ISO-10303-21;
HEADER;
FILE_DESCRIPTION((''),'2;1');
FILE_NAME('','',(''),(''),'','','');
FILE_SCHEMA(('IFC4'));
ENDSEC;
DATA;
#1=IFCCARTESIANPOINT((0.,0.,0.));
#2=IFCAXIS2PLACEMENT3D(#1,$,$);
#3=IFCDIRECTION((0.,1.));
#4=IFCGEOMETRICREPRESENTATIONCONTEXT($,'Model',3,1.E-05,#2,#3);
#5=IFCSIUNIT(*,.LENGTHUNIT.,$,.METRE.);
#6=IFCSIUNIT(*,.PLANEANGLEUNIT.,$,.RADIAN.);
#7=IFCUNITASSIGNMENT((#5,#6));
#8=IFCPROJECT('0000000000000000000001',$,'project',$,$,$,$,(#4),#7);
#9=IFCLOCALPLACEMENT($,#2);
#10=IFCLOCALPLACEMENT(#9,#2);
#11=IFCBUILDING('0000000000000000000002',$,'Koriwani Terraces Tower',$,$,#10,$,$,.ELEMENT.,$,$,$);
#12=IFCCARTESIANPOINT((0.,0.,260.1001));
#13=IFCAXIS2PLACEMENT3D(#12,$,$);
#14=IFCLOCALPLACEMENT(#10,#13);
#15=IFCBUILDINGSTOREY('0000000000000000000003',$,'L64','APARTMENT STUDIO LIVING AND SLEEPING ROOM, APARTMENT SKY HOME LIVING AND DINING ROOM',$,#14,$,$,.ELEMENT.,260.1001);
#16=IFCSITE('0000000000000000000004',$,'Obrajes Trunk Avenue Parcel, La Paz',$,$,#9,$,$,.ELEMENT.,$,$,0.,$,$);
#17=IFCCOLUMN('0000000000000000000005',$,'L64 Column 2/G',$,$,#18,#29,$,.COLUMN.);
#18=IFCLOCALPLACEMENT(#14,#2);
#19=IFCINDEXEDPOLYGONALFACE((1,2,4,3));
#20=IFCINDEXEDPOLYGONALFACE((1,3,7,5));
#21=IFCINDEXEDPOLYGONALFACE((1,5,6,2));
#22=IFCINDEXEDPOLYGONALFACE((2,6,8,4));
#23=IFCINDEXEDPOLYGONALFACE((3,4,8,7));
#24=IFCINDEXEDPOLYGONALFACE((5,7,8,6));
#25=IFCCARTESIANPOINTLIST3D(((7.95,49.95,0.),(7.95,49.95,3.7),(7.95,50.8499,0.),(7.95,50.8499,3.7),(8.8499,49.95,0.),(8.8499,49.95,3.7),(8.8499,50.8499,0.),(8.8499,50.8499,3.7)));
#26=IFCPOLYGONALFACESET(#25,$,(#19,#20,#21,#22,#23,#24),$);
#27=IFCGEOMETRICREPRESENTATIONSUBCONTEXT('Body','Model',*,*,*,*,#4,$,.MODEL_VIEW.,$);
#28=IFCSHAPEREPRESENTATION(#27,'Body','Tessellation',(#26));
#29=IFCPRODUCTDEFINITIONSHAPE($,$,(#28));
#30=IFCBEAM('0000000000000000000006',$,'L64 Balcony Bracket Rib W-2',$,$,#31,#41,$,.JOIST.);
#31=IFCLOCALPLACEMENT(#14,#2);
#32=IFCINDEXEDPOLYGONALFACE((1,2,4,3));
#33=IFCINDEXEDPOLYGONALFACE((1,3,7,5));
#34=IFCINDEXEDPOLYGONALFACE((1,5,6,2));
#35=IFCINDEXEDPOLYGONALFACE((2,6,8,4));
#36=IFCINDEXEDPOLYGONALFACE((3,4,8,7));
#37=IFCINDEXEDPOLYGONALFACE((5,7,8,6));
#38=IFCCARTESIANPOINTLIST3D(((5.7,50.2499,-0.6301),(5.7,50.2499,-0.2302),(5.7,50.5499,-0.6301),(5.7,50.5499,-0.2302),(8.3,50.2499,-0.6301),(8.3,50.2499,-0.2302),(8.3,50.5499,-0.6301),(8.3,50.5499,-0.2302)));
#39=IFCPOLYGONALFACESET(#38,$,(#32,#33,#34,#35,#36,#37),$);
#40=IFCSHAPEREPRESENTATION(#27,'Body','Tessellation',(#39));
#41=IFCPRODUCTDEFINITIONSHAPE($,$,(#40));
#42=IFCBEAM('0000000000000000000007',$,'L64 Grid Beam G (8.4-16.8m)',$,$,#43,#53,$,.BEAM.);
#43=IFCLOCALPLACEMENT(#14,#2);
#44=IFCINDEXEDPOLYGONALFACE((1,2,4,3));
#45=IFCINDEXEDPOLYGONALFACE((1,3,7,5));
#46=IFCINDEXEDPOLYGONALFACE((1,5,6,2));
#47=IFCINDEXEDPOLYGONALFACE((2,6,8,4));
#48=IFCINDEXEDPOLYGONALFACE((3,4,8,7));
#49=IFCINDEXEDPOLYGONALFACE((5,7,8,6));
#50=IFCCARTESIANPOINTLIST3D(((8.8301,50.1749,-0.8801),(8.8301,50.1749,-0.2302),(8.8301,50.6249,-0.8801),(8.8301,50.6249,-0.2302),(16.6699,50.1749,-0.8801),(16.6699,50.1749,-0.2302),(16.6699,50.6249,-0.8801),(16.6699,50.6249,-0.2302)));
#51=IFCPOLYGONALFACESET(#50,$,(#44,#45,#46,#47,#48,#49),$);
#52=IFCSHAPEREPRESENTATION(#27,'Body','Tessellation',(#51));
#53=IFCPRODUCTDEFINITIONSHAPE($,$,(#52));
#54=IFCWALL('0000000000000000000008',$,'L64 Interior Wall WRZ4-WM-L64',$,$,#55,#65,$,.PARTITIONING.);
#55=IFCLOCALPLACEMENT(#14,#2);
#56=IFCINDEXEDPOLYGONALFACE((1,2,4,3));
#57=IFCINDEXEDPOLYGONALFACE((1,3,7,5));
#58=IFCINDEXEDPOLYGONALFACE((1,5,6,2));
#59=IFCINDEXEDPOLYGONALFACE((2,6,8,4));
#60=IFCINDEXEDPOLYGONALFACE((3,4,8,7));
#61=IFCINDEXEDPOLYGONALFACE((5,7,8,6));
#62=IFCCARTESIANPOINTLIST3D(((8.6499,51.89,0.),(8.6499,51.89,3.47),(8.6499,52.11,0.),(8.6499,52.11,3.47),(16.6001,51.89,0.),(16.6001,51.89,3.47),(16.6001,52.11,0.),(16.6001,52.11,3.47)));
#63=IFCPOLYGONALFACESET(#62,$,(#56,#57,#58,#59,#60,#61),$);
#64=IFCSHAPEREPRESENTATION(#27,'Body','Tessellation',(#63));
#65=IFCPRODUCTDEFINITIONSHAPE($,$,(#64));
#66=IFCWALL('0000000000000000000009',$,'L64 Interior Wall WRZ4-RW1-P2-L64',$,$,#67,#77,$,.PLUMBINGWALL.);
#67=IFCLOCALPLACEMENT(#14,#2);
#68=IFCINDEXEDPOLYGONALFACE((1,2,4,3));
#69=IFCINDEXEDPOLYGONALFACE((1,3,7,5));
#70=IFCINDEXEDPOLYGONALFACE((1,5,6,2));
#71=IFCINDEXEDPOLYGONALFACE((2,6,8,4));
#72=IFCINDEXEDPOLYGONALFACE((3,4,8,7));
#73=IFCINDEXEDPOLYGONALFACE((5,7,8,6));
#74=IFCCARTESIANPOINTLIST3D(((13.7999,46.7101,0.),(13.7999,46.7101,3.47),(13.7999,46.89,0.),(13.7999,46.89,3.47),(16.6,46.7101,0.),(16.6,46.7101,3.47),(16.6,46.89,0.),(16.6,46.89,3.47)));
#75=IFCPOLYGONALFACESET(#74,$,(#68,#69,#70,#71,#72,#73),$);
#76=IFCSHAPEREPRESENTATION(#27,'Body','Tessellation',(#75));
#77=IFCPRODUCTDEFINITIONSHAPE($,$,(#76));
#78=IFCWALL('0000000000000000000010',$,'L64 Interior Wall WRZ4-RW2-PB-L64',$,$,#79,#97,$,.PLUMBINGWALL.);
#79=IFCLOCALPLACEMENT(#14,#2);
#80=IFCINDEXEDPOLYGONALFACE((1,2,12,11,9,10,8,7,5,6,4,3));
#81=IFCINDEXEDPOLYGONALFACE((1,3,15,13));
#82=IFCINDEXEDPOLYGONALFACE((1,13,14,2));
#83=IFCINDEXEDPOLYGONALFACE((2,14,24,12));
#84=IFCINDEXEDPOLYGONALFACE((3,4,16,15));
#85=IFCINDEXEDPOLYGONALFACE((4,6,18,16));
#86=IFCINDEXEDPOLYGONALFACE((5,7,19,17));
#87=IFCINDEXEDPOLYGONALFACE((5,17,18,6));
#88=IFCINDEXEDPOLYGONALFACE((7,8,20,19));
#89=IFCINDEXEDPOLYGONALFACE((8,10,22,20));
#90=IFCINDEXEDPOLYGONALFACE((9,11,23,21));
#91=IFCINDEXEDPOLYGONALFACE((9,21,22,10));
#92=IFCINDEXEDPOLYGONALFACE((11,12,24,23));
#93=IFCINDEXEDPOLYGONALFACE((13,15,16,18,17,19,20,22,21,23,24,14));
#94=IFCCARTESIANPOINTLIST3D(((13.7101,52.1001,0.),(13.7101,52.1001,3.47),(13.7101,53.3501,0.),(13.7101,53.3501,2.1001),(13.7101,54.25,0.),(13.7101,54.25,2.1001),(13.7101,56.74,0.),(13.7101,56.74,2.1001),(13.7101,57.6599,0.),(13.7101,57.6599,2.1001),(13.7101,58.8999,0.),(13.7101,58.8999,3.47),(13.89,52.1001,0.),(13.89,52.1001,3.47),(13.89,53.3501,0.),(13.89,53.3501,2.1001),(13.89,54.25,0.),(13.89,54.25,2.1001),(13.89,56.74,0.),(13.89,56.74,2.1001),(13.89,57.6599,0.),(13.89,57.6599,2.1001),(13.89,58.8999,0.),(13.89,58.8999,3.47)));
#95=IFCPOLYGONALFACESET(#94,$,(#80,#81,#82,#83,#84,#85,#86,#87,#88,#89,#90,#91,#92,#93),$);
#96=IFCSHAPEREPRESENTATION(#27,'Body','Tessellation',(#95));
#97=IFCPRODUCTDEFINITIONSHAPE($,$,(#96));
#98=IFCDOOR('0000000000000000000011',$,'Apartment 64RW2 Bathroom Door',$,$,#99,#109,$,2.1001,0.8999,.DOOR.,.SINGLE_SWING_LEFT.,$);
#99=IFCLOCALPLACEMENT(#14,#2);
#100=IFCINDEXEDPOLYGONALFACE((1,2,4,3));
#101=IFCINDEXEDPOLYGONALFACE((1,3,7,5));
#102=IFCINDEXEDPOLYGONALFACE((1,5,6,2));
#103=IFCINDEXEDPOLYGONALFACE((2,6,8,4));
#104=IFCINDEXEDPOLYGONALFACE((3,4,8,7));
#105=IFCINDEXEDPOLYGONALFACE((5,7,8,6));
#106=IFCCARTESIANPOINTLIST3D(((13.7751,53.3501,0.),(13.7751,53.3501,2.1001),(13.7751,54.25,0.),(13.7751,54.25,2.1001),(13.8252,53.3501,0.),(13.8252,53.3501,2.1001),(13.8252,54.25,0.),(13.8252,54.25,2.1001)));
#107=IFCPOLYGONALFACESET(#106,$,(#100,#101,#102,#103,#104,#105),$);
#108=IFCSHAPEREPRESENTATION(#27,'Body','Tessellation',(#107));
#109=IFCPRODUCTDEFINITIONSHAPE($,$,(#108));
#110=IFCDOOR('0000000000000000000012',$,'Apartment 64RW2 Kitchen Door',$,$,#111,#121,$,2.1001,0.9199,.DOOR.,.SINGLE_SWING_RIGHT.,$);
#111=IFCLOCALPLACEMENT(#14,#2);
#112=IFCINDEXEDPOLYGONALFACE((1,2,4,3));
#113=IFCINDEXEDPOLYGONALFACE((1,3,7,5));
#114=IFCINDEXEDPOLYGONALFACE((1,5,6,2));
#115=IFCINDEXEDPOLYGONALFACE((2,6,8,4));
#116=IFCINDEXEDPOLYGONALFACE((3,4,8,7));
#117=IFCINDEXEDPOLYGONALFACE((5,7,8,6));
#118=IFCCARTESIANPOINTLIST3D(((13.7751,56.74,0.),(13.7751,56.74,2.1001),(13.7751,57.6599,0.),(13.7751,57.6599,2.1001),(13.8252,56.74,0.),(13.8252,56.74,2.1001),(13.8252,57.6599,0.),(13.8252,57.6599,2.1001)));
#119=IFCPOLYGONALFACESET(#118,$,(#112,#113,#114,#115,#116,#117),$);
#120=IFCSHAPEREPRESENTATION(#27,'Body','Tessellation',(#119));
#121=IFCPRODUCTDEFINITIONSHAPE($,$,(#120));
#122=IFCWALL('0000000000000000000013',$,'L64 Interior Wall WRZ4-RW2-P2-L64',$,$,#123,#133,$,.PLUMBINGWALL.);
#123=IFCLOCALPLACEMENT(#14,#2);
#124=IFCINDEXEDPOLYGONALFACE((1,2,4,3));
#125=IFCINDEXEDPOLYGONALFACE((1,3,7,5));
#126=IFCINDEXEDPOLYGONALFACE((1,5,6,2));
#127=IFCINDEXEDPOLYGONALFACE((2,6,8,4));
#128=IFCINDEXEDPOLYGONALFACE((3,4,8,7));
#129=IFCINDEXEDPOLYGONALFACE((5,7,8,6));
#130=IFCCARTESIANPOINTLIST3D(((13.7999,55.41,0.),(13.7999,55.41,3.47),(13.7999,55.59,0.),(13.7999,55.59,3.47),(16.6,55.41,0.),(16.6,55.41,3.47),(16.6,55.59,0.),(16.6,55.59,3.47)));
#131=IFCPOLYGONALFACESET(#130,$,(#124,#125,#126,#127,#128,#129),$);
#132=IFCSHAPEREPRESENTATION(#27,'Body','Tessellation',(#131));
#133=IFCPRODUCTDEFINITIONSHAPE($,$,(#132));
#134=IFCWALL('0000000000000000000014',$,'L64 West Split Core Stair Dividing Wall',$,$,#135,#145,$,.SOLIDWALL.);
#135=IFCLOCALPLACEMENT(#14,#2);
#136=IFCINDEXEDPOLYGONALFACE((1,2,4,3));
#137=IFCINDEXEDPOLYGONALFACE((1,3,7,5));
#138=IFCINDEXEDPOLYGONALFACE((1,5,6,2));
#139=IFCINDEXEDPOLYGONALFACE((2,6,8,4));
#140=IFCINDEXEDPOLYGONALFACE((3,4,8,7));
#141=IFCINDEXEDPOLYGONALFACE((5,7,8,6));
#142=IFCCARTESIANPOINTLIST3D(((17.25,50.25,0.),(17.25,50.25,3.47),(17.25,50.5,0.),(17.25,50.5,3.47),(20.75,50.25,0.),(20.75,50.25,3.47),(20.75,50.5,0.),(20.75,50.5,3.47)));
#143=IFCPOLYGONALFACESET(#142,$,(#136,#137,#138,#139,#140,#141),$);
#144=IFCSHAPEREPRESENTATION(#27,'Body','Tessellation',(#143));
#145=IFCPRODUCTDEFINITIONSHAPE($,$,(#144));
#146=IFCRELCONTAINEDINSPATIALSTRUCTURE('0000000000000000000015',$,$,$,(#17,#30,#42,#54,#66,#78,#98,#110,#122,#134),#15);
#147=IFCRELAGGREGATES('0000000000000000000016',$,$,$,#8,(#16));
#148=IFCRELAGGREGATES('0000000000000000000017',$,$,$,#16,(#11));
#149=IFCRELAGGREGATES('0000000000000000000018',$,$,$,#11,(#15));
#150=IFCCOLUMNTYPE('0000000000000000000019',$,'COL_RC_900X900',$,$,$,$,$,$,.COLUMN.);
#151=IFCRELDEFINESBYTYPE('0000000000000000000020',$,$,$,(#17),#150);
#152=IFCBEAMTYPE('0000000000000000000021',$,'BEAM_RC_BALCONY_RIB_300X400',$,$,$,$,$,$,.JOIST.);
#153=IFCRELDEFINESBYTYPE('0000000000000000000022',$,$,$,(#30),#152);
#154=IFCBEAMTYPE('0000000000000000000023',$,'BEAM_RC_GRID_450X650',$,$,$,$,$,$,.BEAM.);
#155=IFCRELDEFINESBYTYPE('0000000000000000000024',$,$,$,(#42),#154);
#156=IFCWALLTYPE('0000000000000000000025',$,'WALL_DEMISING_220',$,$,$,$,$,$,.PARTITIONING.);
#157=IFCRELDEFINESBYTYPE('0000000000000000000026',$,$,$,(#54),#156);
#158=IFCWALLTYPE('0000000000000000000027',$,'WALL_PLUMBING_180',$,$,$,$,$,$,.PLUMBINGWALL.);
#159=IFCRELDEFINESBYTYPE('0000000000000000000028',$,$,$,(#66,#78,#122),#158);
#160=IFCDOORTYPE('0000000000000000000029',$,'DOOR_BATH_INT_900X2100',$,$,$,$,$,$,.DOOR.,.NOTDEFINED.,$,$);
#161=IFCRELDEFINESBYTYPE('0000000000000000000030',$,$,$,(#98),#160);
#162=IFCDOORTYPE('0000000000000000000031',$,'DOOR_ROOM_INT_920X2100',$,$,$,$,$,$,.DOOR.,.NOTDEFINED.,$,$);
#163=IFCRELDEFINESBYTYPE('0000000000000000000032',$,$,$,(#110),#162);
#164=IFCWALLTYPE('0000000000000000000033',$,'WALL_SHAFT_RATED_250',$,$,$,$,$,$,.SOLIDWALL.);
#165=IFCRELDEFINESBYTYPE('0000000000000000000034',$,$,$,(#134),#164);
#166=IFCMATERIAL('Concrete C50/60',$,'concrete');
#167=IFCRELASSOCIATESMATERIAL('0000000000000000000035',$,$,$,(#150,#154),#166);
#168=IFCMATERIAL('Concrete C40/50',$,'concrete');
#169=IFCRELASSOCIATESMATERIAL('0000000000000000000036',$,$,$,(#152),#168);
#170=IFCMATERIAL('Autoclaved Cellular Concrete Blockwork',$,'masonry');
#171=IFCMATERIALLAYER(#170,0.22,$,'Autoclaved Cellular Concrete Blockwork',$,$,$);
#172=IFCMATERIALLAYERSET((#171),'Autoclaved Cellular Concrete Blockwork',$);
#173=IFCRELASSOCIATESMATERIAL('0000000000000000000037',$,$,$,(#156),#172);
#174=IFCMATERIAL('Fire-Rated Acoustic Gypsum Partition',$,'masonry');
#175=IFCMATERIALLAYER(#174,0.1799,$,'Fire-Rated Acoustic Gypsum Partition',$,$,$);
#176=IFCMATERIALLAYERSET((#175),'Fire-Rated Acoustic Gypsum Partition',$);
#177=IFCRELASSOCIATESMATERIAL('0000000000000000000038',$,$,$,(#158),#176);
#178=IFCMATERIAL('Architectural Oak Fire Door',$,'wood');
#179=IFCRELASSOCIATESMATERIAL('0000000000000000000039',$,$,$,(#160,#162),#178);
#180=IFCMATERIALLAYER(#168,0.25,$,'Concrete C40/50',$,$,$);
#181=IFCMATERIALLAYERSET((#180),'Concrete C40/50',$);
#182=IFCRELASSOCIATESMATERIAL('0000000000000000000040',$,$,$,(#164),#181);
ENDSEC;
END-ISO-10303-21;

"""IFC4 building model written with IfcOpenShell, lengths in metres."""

from ifc_helpers import new_model, si_unit, direction, frame, frame_2d, origin, origin_2d, place, context, subcontext, project, spatial, rectangle, extrude, material, layer, layer_set, material_profile, profile_set, type_object, element, fill, save


model = new_model("IFC4")

# Units and contexts
model_context = context("Model", 3, precision=1e-05, world=origin(), true_north=direction((0.0, 1.0)))
body_context = subcontext(model_context, "Body", "Model", "MODEL_VIEW")
ifc_project = project(units=[si_unit("LENGTHUNIT", "METRE"), si_unit("PLANEANGLEUNIT", "RADIAN")], contexts=[model_context])

# Site, building, storey
site_placement = place(None, origin())
site = spatial("IfcSite", under=ifc_project, at=site_placement, Name="Obrajes Trunk Avenue Parcel, La Paz", CompositionType="ELEMENT", RefElevation=0.0)
building_placement = place(site_placement, origin())
building = spatial("IfcBuilding", under=site, at=building_placement, Name="Koriwani Terraces Tower", CompositionType="ELEMENT")
storey_placement = place(building_placement, frame((0.0, 0.0, 260.1001)))
storey = spatial("IfcBuildingStorey", under=building, at=storey_placement, Name="L64", Description="APARTMENT STUDIO LIVING AND SLEEPING ROOM, APARTMENT SKY HOME LIVING AND DINING ROOM", CompositionType="ELEMENT", Elevation=260.1001)

# Column
ifc_material_1 = material(Name="Concrete C50/60", Category="concrete")
ifc_material_profile_1 = material_profile(ifc_material_1, rectangle(XDim=0.8999, YDim=0.8999, at=origin_2d()), Name="Concrete C50/60", Category="LoadBearing")
ifc_profile_set_1 = profile_set([ifc_material_profile_1], Name="Concrete C50/60")
column_type = type_object("IfcColumnType", Name="COL_RC_900X900", PredefinedType="COLUMN", material=ifc_profile_set_1)
column_placement = place(storey_placement, frame((8.3999, 50.3999, 0.0), z_axis=(0.0, 0.0, 1.0), x_axis=(1.0, 0.0, 0.0)))
element("IfcColumn", 1, at=column_placement, inside=storey, type_object=column_type, Name="L64 Column 2/G", PredefinedType="COLUMN", context=body_context, shape_type="SweptSolid", body=[
    extrude(rectangle(XDim=0.8999, YDim=0.8999, at=origin_2d()), origin(), (0.0, 0.0, 1.0), 3.7),
])

# Beams
ifc_material_2 = material(Name="Concrete C40/50", Category="concrete")
ifc_material_profile_2 = material_profile(ifc_material_2, rectangle(XDim=0.3, YDim=0.3999, at=origin_2d()), Name="Concrete C40/50", Category="LoadBearing")
ifc_profile_set_2 = profile_set([ifc_material_profile_2], Name="Concrete C40/50")
beam_type_1 = type_object("IfcBeamType", Name="BEAM_RC_BALCONY_RIB_300X400", PredefinedType="JOIST", material=ifc_profile_set_2)
beam_1_placement = place(storey_placement, frame((5.7, 50.3999, -0.4302), z_axis=(1.0, 0.0, 0.0), x_axis=(0.0, 1.0, 0.0)))
element("IfcBeam", 2, at=beam_1_placement, inside=storey, type_object=beam_type_1, Name="L64 Balcony Bracket Rib W-2", PredefinedType="JOIST", context=body_context, shape_type="SweptSolid", body=[
    extrude(rectangle(XDim=0.3, YDim=0.3999, at=origin_2d()), origin(), (0.0, 0.0, 1.0), 2.6001),
])
ifc_material_profile_3 = material_profile(ifc_material_1, rectangle(XDim=0.45, YDim=0.6499, at=origin_2d()), Name="Concrete C50/60", Category="LoadBearing")
ifc_profile_set_3 = profile_set([ifc_material_profile_3], Name="Concrete C50/60")
beam_type_2 = type_object("IfcBeamType", Name="BEAM_RC_GRID_450X650", PredefinedType="BEAM", material=ifc_profile_set_3)
beam_2_placement = place(storey_placement, frame((8.8301, 50.3999, -0.5552), z_axis=(1.0, 0.0, 0.0), x_axis=(0.0, 1.0, 0.0)))
element("IfcBeam", 3, at=beam_2_placement, inside=storey, type_object=beam_type_2, Name="L64 Grid Beam G (8.4-16.8m)", PredefinedType="BEAM", context=body_context, shape_type="SweptSolid", body=[
    extrude(rectangle(XDim=0.45, YDim=0.6499, at=origin_2d()), origin(), (0.0, 0.0, 1.0), 7.8398),
])

# Walls
ifc_material_3 = material(Name="Autoclaved Cellular Concrete Blockwork", Category="masonry")
ifc_layer_1 = layer(ifc_material_3, 0.22, Name="Autoclaved Cellular Concrete Blockwork")
ifc_layer_set_1 = layer_set([ifc_layer_1], Name="Autoclaved Cellular Concrete Blockwork")
wall_type_1 = type_object("IfcWallType", Name="WALL_DEMISING_220", PredefinedType="PARTITIONING", material=ifc_layer_set_1)
wall_1_placement = place(storey_placement, frame((8.6499, 52.0, 0.0), z_axis=(0.0, 0.0, 1.0), x_axis=(1.0, 0.0, 0.0)))
element("IfcWall", 4, at=wall_1_placement, inside=storey, type_object=wall_type_1, Name="L64 Interior Wall WRZ4-WM-L64", PredefinedType="PARTITIONING", context=body_context, shape_type="SweptSolid", body=[
    extrude(rectangle(XDim=7.9502, YDim=0.22, at=frame_2d((3.9751, 0.0))), origin(), (0.0, 0.0, 1.0), 3.47),
])
ifc_material_4 = material(Name="Fire-Rated Acoustic Gypsum Partition", Category="masonry")
ifc_layer_2 = layer(ifc_material_4, 0.1799, Name="Fire-Rated Acoustic Gypsum Partition")
ifc_layer_set_2 = layer_set([ifc_layer_2], Name="Fire-Rated Acoustic Gypsum Partition")
wall_type_2 = type_object("IfcWallType", Name="WALL_PLUMBING_180", PredefinedType="PLUMBINGWALL", material=ifc_layer_set_2)
wall_2_placement = place(storey_placement, frame((13.8, 46.8, 0.0), z_axis=(0.0, 0.0, 1.0), x_axis=(1.0, 0.0, 0.0)))
element("IfcWall", 5, at=wall_2_placement, inside=storey, type_object=wall_type_2, Name="L64 Interior Wall WRZ4-RW1-P2-L64", PredefinedType="PLUMBINGWALL", context=body_context, shape_type="SweptSolid", body=[
    extrude(rectangle(XDim=2.8, YDim=0.1799, at=frame_2d((1.3999, 0.0))), origin(), (0.0, 0.0, 1.0), 3.47),
])

# Wall, openings, doors
wall_3_placement = place(storey_placement, frame((13.8, 52.1001, 0.0), z_axis=(0.0, 0.0, 1.0), x_axis=(0.0, 1.0, 0.0)))
wall_3 = element("IfcWall", 6, at=wall_3_placement, inside=storey, type_object=wall_type_2, Name="L64 Interior Wall WRZ4-RW2-PB-L64", PredefinedType="PLUMBINGWALL", context=body_context, shape_type="SweptSolid", body=[
    extrude(rectangle(XDim=6.7998, YDim=0.1799, at=frame_2d((3.3999, 0.0))), origin(), (0.0, 0.0, 1.0), 3.47),
])
opening_1_placement = place(wall_3_placement, frame((1.25, 0.0, 0.0)))
opening_1 = element("IfcOpeningElement", 7, at=opening_1_placement, cuts=wall_3, PredefinedType="OPENING", context=body_context, shape_type="SweptSolid", body=[
    extrude(rectangle(XDim=0.8999, YDim=2.1001, at=frame_2d((0.45, 1.05))), frame((0.0, 0.1001, 0.0), z_axis=(0.0, -1.0, 0.0), x_axis=(1.0, 0.0, 0.0)), (0.0, 0.0, 1.0), 0.2),
])
opening_2_placement = place(wall_3_placement, frame((4.6399, 0.0, 0.0)))
opening_2 = element("IfcOpeningElement", 8, at=opening_2_placement, cuts=wall_3, PredefinedType="OPENING", context=body_context, shape_type="SweptSolid", body=[
    extrude(rectangle(XDim=0.9199, YDim=2.1001, at=frame_2d((0.46, 1.05))), frame((0.0, 0.1001, 0.0), z_axis=(0.0, -1.0, 0.0), x_axis=(1.0, 0.0, 0.0)), (0.0, 0.0, 1.0), 0.2),
])
ifc_material_5 = material(Name="Architectural Oak Fire Door", Category="wood")
door_type_1 = type_object("IfcDoorType", Name="DOOR_BATH_INT_900X2100", OperationType="NOTDEFINED", PredefinedType="DOOR", material=ifc_material_5)
door_1_placement = place(opening_1_placement, origin())
door_1 = element("IfcDoor", 9, at=door_1_placement, inside=storey, type_object=door_type_1, Name="Apartment 64RW2 Bathroom Door", OperationType="SINGLE_SWING_LEFT", OverallHeight=2.1001, OverallWidth=0.8999, PredefinedType="DOOR", context=body_context, shape_type="SweptSolid", body=[
    extrude(rectangle(XDim=0.8999, YDim=2.1001, at=frame_2d((0.45, 1.05))), frame((0.0, 0.0249, 0.0), z_axis=(0.0, -1.0, 0.0), x_axis=(1.0, 0.0, 0.0)), (0.0, 0.0, 1.0), 0.05),
])
fill(opening_1, door_1)
door_type_2 = type_object("IfcDoorType", Name="DOOR_ROOM_INT_920X2100", OperationType="NOTDEFINED", PredefinedType="DOOR", material=ifc_material_5)
door_2_placement = place(opening_2_placement, origin())
door_2 = element("IfcDoor", 10, at=door_2_placement, inside=storey, type_object=door_type_2, Name="Apartment 64RW2 Kitchen Door", OperationType="SINGLE_SWING_RIGHT", OverallHeight=2.1001, OverallWidth=0.9199, PredefinedType="DOOR", context=body_context, shape_type="SweptSolid", body=[
    extrude(rectangle(XDim=0.9199, YDim=2.1001, at=frame_2d((0.46, 1.05))), frame((0.0, 0.0249, 0.0), z_axis=(0.0, -1.0, 0.0), x_axis=(1.0, 0.0, 0.0)), (0.0, 0.0, 1.0), 0.05),
])
fill(opening_2, door_2)

# Walls
wall_4_placement = place(storey_placement, frame((13.8, 55.5, 0.0), z_axis=(0.0, 0.0, 1.0), x_axis=(1.0, 0.0, 0.0)))
element("IfcWall", 11, at=wall_4_placement, inside=storey, type_object=wall_type_2, Name="L64 Interior Wall WRZ4-RW2-P2-L64", PredefinedType="PLUMBINGWALL", context=body_context, shape_type="SweptSolid", body=[
    extrude(rectangle(XDim=2.8, YDim=0.1799, at=frame_2d((1.3999, 0.0))), origin(), (0.0, 0.0, 1.0), 3.47),
])
ifc_layer_3 = layer(ifc_material_2, 0.25, Name="Concrete C40/50")
ifc_layer_set_3 = layer_set([ifc_layer_3], Name="Concrete C40/50")
wall_type_3 = type_object("IfcWallType", Name="WALL_SHAFT_RATED_250", PredefinedType="SOLIDWALL", material=ifc_layer_set_3)
wall_5_placement = place(storey_placement, frame((17.25, 50.375, 0.0), z_axis=(0.0, 0.0, 1.0), x_axis=(1.0, 0.0, 0.0)))
element("IfcWall", 12, at=wall_5_placement, inside=storey, type_object=wall_type_3, Name="L64 West Split Core Stair Dividing Wall", PredefinedType="SOLIDWALL", context=body_context, shape_type="SweptSolid", body=[
    extrude(rectangle(XDim=3.5, YDim=0.25, at=frame_2d((1.75, 0.0))), origin(), (0.0, 0.0, 1.0), 3.47),
])

save(model, "model.ifc")
